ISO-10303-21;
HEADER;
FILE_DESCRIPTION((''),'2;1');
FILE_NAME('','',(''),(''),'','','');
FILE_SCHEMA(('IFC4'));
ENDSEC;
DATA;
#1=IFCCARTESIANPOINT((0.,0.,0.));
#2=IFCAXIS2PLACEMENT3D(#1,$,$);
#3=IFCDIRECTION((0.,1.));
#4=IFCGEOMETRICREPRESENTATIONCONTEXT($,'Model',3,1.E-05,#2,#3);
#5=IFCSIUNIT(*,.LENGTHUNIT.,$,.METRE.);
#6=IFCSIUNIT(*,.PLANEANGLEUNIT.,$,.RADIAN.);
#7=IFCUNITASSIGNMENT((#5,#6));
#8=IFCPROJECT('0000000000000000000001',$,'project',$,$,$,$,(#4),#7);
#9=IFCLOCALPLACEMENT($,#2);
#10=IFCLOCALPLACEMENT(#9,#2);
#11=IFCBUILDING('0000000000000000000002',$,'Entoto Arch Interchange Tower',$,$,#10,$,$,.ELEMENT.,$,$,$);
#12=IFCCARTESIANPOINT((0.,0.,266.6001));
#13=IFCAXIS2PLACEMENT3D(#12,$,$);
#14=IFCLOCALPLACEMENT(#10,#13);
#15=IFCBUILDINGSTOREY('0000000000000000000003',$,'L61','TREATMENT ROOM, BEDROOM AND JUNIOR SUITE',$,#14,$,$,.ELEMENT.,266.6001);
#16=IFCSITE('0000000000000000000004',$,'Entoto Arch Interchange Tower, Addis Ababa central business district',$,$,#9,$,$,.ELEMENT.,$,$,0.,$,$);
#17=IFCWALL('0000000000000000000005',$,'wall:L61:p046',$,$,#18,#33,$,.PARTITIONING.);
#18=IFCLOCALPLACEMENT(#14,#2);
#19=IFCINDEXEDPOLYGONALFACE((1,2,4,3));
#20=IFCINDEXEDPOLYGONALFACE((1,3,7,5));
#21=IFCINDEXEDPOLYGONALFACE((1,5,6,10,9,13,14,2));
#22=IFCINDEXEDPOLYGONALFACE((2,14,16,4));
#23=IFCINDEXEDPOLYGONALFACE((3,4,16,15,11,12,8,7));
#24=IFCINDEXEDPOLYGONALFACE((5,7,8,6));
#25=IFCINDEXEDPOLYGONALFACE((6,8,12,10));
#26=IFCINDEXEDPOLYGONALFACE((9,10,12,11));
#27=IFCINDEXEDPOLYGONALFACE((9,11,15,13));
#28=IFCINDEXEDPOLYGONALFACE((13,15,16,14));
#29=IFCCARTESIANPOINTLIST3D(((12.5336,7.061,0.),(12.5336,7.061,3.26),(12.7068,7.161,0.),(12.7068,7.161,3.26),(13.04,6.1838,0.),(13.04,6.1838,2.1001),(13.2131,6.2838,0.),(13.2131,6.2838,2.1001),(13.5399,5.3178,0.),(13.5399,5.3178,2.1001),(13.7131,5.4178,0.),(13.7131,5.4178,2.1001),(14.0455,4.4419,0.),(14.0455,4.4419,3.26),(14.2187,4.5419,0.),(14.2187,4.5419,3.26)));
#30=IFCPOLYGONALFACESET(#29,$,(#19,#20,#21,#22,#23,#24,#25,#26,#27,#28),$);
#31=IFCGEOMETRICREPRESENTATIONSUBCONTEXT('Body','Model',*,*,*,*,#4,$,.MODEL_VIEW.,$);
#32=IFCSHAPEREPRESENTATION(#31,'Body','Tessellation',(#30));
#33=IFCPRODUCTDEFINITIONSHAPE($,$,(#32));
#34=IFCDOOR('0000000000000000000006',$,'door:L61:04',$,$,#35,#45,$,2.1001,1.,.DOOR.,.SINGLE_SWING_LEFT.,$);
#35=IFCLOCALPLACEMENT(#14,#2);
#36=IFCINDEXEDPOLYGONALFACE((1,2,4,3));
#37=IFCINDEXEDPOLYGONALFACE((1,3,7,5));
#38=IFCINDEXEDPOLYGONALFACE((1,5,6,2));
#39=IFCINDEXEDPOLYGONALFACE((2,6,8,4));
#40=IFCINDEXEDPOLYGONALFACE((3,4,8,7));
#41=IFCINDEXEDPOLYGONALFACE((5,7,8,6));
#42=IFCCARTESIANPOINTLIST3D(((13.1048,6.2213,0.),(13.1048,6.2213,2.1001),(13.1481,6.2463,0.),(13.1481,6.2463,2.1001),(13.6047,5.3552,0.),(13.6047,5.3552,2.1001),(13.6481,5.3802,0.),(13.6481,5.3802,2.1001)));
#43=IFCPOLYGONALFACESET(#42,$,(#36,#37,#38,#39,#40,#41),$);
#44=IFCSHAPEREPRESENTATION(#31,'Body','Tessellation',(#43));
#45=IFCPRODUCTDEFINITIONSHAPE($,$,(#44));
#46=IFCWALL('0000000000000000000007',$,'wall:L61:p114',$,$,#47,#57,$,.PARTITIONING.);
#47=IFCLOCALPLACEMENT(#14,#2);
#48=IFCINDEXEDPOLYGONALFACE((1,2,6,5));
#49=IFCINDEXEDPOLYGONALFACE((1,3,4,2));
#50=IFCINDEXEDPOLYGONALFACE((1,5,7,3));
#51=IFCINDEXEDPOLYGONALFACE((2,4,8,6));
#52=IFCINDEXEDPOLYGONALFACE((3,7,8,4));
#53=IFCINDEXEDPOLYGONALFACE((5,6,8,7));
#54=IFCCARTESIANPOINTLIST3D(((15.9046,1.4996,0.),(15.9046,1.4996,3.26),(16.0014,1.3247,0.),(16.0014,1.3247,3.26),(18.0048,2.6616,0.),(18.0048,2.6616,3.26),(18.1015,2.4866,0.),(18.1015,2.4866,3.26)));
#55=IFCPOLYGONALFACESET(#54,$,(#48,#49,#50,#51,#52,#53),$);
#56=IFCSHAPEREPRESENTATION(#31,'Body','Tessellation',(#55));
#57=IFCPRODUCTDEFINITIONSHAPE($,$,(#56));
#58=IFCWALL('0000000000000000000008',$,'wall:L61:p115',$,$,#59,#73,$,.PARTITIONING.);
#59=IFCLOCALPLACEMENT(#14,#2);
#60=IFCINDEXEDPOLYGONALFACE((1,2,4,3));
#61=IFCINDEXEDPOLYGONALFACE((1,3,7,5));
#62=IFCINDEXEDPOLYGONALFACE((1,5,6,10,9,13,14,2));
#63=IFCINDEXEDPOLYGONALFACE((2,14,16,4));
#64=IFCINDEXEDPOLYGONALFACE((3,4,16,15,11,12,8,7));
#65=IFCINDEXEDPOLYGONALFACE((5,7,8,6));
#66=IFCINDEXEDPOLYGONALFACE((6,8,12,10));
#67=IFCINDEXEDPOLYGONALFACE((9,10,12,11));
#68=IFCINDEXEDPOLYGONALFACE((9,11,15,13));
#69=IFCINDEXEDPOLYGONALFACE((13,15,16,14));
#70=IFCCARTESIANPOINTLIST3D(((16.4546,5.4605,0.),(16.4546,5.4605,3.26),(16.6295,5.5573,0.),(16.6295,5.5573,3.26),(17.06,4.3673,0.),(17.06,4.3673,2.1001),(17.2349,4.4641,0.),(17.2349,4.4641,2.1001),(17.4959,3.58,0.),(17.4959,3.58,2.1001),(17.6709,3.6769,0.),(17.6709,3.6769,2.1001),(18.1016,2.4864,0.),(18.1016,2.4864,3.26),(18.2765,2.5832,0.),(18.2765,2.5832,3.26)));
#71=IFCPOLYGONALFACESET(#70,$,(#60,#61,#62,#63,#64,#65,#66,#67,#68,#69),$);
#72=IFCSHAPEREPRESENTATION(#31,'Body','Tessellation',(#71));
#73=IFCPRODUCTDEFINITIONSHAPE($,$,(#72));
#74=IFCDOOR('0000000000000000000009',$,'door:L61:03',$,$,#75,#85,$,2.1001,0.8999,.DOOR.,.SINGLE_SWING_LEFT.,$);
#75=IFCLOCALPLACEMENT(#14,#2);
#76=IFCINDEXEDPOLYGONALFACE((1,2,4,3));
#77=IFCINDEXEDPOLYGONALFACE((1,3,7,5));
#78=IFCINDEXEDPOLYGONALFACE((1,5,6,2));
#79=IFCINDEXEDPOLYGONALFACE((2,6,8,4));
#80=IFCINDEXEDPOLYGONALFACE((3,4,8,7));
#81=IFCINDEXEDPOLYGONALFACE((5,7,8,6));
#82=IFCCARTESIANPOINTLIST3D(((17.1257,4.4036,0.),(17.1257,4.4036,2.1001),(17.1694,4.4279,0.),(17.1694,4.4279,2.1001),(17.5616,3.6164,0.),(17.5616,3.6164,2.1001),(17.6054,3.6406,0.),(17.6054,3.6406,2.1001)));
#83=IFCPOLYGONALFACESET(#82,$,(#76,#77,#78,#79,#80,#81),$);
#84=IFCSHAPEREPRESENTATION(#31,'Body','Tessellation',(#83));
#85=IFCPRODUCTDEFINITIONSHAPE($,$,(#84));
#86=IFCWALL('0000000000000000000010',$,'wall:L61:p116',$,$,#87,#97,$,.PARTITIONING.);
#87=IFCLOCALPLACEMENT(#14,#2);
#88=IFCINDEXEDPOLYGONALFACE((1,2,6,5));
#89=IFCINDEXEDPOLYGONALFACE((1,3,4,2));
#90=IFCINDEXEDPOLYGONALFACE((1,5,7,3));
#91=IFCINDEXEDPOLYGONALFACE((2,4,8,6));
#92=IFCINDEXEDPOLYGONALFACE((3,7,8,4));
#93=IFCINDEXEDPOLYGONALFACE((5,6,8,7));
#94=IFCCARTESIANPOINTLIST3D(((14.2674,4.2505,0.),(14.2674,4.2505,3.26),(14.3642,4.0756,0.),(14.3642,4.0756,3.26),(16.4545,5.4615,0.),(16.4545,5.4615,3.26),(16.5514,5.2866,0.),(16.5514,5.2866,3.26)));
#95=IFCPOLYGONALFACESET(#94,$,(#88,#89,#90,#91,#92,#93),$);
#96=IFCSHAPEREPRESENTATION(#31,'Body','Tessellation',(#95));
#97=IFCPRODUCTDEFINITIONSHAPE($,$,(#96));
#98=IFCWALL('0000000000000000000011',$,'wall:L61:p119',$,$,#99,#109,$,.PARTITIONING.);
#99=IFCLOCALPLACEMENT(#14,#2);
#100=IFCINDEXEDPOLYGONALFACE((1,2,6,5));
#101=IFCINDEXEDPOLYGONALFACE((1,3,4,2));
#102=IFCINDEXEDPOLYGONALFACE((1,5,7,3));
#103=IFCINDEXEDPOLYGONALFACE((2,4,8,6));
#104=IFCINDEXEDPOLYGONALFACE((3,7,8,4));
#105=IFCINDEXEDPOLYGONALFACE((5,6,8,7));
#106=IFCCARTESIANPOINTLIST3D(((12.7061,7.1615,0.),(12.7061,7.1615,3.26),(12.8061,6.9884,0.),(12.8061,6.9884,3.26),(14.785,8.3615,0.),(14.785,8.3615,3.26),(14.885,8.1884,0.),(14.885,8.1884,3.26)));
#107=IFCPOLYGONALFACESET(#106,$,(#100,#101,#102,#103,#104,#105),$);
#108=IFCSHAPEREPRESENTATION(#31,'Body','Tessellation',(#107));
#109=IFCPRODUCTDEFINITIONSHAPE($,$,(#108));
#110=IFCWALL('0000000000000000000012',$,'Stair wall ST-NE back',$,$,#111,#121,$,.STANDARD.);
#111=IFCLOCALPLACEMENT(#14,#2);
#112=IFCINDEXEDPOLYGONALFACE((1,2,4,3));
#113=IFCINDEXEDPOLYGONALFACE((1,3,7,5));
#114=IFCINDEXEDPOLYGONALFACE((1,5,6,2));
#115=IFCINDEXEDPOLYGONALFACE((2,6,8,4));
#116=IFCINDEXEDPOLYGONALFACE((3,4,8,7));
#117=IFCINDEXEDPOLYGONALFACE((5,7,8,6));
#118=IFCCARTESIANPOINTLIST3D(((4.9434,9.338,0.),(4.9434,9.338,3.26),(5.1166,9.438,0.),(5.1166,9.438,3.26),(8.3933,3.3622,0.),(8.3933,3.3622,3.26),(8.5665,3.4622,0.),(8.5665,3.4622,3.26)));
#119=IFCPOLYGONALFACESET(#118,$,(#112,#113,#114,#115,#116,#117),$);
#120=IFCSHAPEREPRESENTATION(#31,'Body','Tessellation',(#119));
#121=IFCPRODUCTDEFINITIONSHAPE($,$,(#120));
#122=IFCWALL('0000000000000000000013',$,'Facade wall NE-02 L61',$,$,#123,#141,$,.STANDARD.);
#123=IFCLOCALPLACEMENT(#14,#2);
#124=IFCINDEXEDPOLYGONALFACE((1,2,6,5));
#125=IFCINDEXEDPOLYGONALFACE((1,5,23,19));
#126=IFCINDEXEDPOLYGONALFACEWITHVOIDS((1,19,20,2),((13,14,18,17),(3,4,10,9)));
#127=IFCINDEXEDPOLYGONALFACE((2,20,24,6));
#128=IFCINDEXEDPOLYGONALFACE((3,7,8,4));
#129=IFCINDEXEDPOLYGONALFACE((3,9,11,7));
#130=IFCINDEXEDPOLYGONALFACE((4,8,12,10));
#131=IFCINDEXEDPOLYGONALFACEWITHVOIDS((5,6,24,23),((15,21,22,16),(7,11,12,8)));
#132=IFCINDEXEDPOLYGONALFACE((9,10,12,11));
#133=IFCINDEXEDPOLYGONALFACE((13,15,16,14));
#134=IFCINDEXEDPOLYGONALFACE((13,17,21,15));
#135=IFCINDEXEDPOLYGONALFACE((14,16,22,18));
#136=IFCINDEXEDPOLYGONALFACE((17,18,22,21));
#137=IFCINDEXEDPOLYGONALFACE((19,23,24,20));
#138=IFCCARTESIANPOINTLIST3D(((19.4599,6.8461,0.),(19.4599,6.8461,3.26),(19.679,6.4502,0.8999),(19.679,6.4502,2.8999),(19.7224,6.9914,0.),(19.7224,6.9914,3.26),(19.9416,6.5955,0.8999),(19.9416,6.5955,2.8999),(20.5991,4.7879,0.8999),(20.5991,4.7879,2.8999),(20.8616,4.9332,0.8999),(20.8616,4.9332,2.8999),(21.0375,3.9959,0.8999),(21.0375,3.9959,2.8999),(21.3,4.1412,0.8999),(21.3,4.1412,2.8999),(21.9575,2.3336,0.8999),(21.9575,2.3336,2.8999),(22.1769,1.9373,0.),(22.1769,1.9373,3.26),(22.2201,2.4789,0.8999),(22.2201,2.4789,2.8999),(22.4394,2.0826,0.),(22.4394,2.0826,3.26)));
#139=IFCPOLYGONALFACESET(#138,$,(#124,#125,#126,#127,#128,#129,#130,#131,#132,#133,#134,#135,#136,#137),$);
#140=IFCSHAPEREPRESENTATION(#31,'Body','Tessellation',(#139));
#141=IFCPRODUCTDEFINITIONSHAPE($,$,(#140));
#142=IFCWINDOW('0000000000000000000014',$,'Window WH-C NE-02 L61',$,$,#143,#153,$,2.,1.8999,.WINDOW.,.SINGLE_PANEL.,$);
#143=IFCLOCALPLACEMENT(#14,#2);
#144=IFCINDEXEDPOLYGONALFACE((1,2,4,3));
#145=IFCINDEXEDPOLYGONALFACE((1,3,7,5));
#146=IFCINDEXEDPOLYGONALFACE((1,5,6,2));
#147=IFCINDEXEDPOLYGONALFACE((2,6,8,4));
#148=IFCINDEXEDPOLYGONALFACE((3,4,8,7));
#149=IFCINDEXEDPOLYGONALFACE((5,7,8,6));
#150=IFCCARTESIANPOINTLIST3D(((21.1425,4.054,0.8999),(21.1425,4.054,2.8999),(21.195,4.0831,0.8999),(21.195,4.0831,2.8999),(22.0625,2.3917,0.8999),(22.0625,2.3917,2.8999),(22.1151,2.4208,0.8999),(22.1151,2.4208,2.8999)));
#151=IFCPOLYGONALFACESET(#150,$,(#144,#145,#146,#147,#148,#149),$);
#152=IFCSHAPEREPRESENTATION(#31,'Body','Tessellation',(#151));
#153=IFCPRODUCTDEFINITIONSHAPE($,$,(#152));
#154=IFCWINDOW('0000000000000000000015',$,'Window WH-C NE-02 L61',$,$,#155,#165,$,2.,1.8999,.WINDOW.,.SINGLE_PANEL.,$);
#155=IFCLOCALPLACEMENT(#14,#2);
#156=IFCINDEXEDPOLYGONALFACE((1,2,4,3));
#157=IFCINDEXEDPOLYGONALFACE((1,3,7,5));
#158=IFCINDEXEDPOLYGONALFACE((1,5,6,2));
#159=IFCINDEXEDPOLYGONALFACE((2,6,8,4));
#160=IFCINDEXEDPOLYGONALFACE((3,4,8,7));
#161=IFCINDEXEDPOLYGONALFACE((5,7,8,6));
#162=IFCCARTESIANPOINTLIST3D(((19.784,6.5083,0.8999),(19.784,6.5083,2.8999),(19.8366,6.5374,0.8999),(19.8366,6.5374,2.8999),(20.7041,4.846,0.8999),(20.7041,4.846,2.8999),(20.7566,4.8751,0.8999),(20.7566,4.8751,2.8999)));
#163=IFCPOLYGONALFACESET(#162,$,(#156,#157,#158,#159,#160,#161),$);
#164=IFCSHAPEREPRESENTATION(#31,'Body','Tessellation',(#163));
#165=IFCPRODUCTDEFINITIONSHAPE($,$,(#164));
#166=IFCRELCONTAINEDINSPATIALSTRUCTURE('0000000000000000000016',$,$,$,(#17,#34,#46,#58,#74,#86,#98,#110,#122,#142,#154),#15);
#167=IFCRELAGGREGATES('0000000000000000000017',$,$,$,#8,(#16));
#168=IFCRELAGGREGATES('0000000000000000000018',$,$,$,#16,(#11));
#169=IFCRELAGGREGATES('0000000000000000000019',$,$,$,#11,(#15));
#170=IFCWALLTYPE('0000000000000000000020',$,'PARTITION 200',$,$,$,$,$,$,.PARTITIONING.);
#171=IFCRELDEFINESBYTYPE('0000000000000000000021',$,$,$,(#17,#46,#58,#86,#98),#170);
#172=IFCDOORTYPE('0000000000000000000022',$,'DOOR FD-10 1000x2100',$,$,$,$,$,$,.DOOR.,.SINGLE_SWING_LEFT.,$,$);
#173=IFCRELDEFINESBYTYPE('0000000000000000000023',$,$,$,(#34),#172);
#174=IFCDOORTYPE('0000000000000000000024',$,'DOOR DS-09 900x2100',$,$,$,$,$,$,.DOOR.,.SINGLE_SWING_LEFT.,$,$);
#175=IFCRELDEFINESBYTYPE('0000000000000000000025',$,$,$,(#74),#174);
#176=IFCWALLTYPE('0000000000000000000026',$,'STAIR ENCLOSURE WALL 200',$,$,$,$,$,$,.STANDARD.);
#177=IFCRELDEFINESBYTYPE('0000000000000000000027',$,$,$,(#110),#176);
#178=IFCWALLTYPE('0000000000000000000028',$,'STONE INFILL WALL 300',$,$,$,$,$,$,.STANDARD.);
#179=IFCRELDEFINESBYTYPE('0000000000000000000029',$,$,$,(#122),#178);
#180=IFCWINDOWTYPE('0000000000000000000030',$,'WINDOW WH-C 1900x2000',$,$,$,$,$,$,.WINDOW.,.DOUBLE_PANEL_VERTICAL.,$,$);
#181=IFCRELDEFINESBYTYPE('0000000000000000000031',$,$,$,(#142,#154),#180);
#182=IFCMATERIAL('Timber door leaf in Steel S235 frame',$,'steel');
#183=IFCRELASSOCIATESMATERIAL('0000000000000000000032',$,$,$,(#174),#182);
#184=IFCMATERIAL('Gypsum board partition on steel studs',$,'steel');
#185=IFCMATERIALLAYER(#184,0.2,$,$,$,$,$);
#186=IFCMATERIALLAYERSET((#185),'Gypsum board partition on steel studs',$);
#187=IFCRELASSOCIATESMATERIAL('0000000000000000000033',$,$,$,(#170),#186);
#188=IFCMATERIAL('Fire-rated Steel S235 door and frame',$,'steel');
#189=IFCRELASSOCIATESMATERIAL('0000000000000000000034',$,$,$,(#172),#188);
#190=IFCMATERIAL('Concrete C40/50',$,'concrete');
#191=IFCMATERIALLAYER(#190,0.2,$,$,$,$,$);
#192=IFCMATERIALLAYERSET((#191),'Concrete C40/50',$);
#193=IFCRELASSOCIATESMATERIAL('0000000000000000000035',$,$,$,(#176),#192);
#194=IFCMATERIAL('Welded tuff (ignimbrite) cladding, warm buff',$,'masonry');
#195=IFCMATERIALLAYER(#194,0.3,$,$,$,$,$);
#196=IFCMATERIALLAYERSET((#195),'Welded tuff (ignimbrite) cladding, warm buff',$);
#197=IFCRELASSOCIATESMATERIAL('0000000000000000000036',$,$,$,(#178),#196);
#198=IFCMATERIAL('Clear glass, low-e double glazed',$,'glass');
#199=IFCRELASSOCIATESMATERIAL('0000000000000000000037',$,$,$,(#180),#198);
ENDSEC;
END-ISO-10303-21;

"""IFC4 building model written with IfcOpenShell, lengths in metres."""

from ifc_helpers import new_model, si_unit, direction, frame, frame_2d, origin, place, context, subcontext, project, spatial, rectangle, extrude, material, layer, layer_set, type_object, element, fill, save


model = new_model("IFC4")

# Units and contexts
model_context = context("Model", 3, precision=1e-05, world=origin(), true_north=direction((0.0, 1.0)))
body_context = subcontext(model_context, "Body", "Model", "MODEL_VIEW")
ifc_project = project(units=[si_unit("LENGTHUNIT", "METRE"), si_unit("PLANEANGLEUNIT", "RADIAN")], contexts=[model_context])

# Site, building, storey
site_placement = place(None, origin())
site = spatial("IfcSite", under=ifc_project, at=site_placement, Name="Entoto Arch Interchange Tower, Addis Ababa central business district", CompositionType="ELEMENT", RefElevation=0.0)
building_placement = place(site_placement, origin())
building = spatial("IfcBuilding", under=site, at=building_placement, Name="Entoto Arch Interchange Tower", CompositionType="ELEMENT")
storey_placement = place(building_placement, frame((0.0, 0.0, 266.6001)))
storey = spatial("IfcBuildingStorey", under=building, at=storey_placement, Name="L61", Description="TREATMENT ROOM, BEDROOM AND JUNIOR SUITE", CompositionType="ELEMENT", Elevation=266.6001)

# Shared definitions
ifc_material_1 = material(Name="Concrete C40/50", Category="concrete")

# Shared definitions
ifc_material_2 = material(Name="Gypsum board partition on steel studs", Category="steel")
ifc_material_3 = material(Name="Timber door leaf in Steel S235 frame", Category="steel")
door_type_1 = type_object("IfcDoorType", Name="DOOR DS-09 900x2100", OperationType="SINGLE_SWING_LEFT", PredefinedType="DOOR", material=ifc_material_3)

# Shared definitions
ifc_layer_1 = layer(ifc_material_2, 0.2)
ifc_layer_set_1 = layer_set([ifc_layer_1], Name="Gypsum board partition on steel studs")
wall_type_1 = type_object("IfcWallType", Name="PARTITION 200", PredefinedType="PARTITIONING", material=ifc_layer_set_1)

# Wall, opening, door
wall_1_placement = place(storey_placement, frame((12.6201, 7.1111, 0.0), z_axis=(0.0, 0.0, 1.0), x_axis=(0.499951, -0.866054, 0.0)))
wall_1 = element("IfcWall", 1, at=wall_1_placement, inside=storey, type_object=wall_type_1, Name="wall:L61:p046", PredefinedType="PARTITIONING", context=body_context, shape_type="SweptSolid", body=[
    extrude(rectangle(XDim=3.0242, YDim=0.2, at=frame_2d((1.5122, 0.0))), origin(), (0.0, 0.0, 1.0), 3.26),
])
opening_1_placement = place(wall_1_placement, frame((1.0129, 0.0, 0.0)))
opening_1 = element("IfcOpeningElement", 2, at=opening_1_placement, cuts=wall_1, PredefinedType="OPENING", context=body_context, shape_type="SweptSolid", body=[
    extrude(rectangle(XDim=1.0, YDim=2.1001, at=frame_2d((0.5, 1.05))), frame((0.0, 0.1099, 0.0), z_axis=(0.0, -1.0, 0.0), x_axis=(1.0, 0.0, 0.0)), (0.0, 0.0, 1.0), 0.22),
])
ifc_material_4 = material(Name="Fire-rated Steel S235 door and frame", Category="steel")
door_type_2 = type_object("IfcDoorType", Name="DOOR FD-10 1000x2100", OperationType="SINGLE_SWING_LEFT", PredefinedType="DOOR", material=ifc_material_4)
door_1_placement = place(opening_1_placement, origin())
door_1 = element("IfcDoor", 3, at=door_1_placement, inside=storey, type_object=door_type_2, Name="door:L61:04", OperationType="SINGLE_SWING_LEFT", OverallHeight=2.1001, OverallWidth=1.0, PredefinedType="DOOR", context=body_context, shape_type="SweptSolid", body=[
    extrude(rectangle(XDim=1.0, YDim=2.1001, at=frame_2d((0.5, 1.05))), frame((0.0, 0.0249, 0.0), z_axis=(0.0, -1.0, 0.0), x_axis=(1.0, 0.0, 0.0)), (0.0, 0.0, 1.0), 0.05),
])
fill(opening_1, door_1)

# Wall
wall_2_placement = place(storey_placement, frame((15.9529, 1.4121, 0.0), z_axis=(0.0, 0.0, 1.0), x_axis=(0.875015, 0.484096, 0.0)))
element("IfcWall", 4, at=wall_2_placement, inside=storey, type_object=wall_type_1, Name="wall:L61:p114", PredefinedType="PARTITIONING", context=body_context, shape_type="SweptSolid", body=[
    extrude(rectangle(XDim=2.4001, YDim=0.2, at=frame_2d((1.2002, 0.0))), origin(), (0.0, 0.0, 1.0), 3.26),
])

# Wall, opening, door
wall_3_placement = place(storey_placement, frame((18.189, 2.5349, 0.0), z_axis=(0.0, 0.0, 1.0), x_axis=(-0.484447, 0.87482, 0.0)))
wall_3 = element("IfcWall", 5, at=wall_3_placement, inside=storey, type_object=wall_type_1, Name="wall:L61:p115", PredefinedType="PARTITIONING", context=body_context, shape_type="SweptSolid", body=[
    extrude(rectangle(XDim=3.3997, YDim=0.2, at=frame_2d((1.6997, 0.0))), origin(), (0.0, 0.0, 1.0), 3.26),
])
opening_2_placement = place(wall_3_placement, frame((1.25, 0.0, 0.0)))
opening_2 = element("IfcOpeningElement", 6, at=opening_2_placement, cuts=wall_3, PredefinedType="OPENING", context=body_context, shape_type="SweptSolid", body=[
    extrude(rectangle(XDim=0.8999, YDim=2.1001, at=frame_2d((0.45, 1.05))), frame((0.0, 0.1099, 0.0), z_axis=(0.0, -1.0, 0.0), x_axis=(1.0, 0.0, 0.0)), (0.0, 0.0, 1.0), 0.22),
])
door_2_placement = place(opening_2_placement, origin())
door_2 = element("IfcDoor", 7, at=door_2_placement, inside=storey, type_object=door_type_1, Name="door:L61:03", OperationType="SINGLE_SWING_LEFT", OverallHeight=2.1001, OverallWidth=0.8999, PredefinedType="DOOR", context=body_context, shape_type="SweptSolid", body=[
    extrude(rectangle(XDim=0.8999, YDim=2.1001, at=frame_2d((0.45, 1.05))), frame((0.0, 0.0249, 0.0), z_axis=(0.0, -1.0, 0.0), x_axis=(1.0, 0.0, 0.0)), (0.0, 0.0, 1.0), 0.05),
])
fill(opening_2, door_2)

# Walls
wall_4_placement = place(storey_placement, frame((16.5029, 5.374, 0.0), z_axis=(0.0, 0.0, 1.0), x_axis=(-0.874847, -0.484399, 0.0)))
element("IfcWall", 8, at=wall_4_placement, inside=storey, type_object=wall_type_1, Name="wall:L61:p116", PredefinedType="PARTITIONING", context=body_context, shape_type="SweptSolid", body=[
    extrude(rectangle(XDim=2.5, YDim=0.2, at=frame_2d((1.25, 0.0))), origin(), (0.0, 0.0, 1.0), 3.26),
])
wall_5_placement = place(storey_placement, frame((12.7561, 7.075, 0.0), z_axis=(0.0, 0.0, 1.0), x_axis=(0.866075, 0.499913, 0.0)))
element("IfcWall", 9, at=wall_5_placement, inside=storey, type_object=wall_type_1, Name="wall:L61:p119", PredefinedType="PARTITIONING", context=body_context, shape_type="SweptSolid", body=[
    extrude(rectangle(XDim=2.4004, YDim=0.2, at=frame_2d((1.2002, 0.0))), origin(), (0.0, 0.0, 1.0), 3.26),
])
ifc_layer_2 = layer(ifc_material_1, 0.2)
ifc_layer_set_2 = layer_set([ifc_layer_2], Name="Concrete C40/50")
wall_type_2 = type_object("IfcWallType", Name="STAIR ENCLOSURE WALL 200", PredefinedType="STANDARD", material=ifc_layer_set_2)
wall_6_placement = place(storey_placement, frame((8.48, 3.4121, 0.0), z_axis=(0.0, 0.0, 1.0), x_axis=(-0.499979, 0.866038, 0.0)))
element("IfcWall", 10, at=wall_6_placement, inside=storey, type_object=wall_type_2, Name="Stair wall ST-NE back", PredefinedType="STANDARD", context=body_context, shape_type="SweptSolid", body=[
    extrude(rectangle(XDim=6.9001, YDim=0.2, at=frame_2d((3.4502, 0.0))), origin(), (0.0, 0.0, 1.0), 3.26),
])

# Wall, openings, windows
ifc_material_5 = material(Name="Welded tuff (ignimbrite) cladding, warm buff", Category="masonry")
ifc_layer_3 = layer(ifc_material_5, 0.3)
ifc_layer_set_3 = layer_set([ifc_layer_3], Name="Welded tuff (ignimbrite) cladding, warm buff")
wall_type_3 = type_object("IfcWallType", Name="STONE INFILL WALL 300", PredefinedType="STANDARD", material=ifc_layer_set_3)
wall_7_placement = place(storey_placement, frame((22.3081, 2.01, 0.0), z_axis=(0.0, 0.0, 1.0), x_axis=(-0.484261, 0.874924, 0.0)))
wall_7 = element("IfcWall", 11, at=wall_7_placement, inside=storey, type_object=wall_type_3, Name="Facade wall NE-02 L61", PredefinedType="STANDARD", context=body_context, shape_type="SweptSolid", body=[
    extrude(rectangle(XDim=5.6106, YDim=0.3, at=frame_2d((2.8052, 0.0))), origin(), (0.0, 0.0, 1.0), 3.26),
])
opening_3_placement = place(wall_7_placement, frame((0.4529, 0.0, 0.8999)))
opening_3 = element("IfcOpeningElement", 12, at=opening_3_placement, cuts=wall_7, PredefinedType="OPENING", context=body_context, shape_type="SweptSolid", body=[
    extrude(rectangle(XDim=1.8999, YDim=2.0, at=frame_2d((0.95, 1.0))), frame((0.0, 0.1602, 0.0), z_axis=(0.0, -1.0, 0.0), x_axis=(1.0, 0.0, 0.0)), (0.0, 0.0, 1.0), 0.3201),
])
opening_4_placement = place(wall_7_placement, frame((3.2581, 0.0, 0.8999)))
opening_4 = element("IfcOpeningElement", 13, at=opening_4_placement, cuts=wall_7, PredefinedType="OPENING", context=body_context, shape_type="SweptSolid", body=[
    extrude(rectangle(XDim=1.8999, YDim=2.0, at=frame_2d((0.95, 1.0))), frame((0.0, 0.1602, 0.0), z_axis=(0.0, -1.0, 0.0), x_axis=(1.0, 0.0, 0.0)), (0.0, 0.0, 1.0), 0.3201),
])
ifc_material_6 = material(Name="Clear glass, low-e double glazed", Category="glass")
window_type = type_object("IfcWindowType", Name="WINDOW WH-C 1900x2000", PartitioningType="DOUBLE_PANEL_VERTICAL", PredefinedType="WINDOW", material=ifc_material_6)
window_1_placement = place(opening_3_placement, origin())
window_1 = element("IfcWindow", 14, at=window_1_placement, inside=storey, type_object=window_type, Name="Window WH-C NE-02 L61", OverallHeight=2.0, OverallWidth=1.8999, PartitioningType="SINGLE_PANEL", PredefinedType="WINDOW", context=body_context, shape_type="SweptSolid", body=[
    extrude(rectangle(XDim=1.8999, YDim=2.0, at=frame_2d((0.95, 1.0))), frame((0.0, 0.03, 0.0), z_axis=(0.0, -1.0, 0.0), x_axis=(1.0, 0.0, 0.0)), (0.0, 0.0, 1.0), 0.0601),
])
fill(opening_3, window_1)
window_2_placement = place(opening_4_placement, origin())
window_2 = element("IfcWindow", 15, at=window_2_placement, inside=storey, type_object=window_type, Name="Window WH-C NE-02 L61", OverallHeight=2.0, OverallWidth=1.8999, PartitioningType="SINGLE_PANEL", PredefinedType="WINDOW", context=body_context, shape_type="SweptSolid", body=[
    extrude(rectangle(XDim=1.8999, YDim=2.0, at=frame_2d((0.95, 1.0))), frame((0.0, 0.03, 0.0), z_axis=(0.0, -1.0, 0.0), x_axis=(1.0, 0.0, 0.0)), (0.0, 0.0, 1.0), 0.0601),
])
fill(opening_4, window_2)

save(model, "model.ifc")
